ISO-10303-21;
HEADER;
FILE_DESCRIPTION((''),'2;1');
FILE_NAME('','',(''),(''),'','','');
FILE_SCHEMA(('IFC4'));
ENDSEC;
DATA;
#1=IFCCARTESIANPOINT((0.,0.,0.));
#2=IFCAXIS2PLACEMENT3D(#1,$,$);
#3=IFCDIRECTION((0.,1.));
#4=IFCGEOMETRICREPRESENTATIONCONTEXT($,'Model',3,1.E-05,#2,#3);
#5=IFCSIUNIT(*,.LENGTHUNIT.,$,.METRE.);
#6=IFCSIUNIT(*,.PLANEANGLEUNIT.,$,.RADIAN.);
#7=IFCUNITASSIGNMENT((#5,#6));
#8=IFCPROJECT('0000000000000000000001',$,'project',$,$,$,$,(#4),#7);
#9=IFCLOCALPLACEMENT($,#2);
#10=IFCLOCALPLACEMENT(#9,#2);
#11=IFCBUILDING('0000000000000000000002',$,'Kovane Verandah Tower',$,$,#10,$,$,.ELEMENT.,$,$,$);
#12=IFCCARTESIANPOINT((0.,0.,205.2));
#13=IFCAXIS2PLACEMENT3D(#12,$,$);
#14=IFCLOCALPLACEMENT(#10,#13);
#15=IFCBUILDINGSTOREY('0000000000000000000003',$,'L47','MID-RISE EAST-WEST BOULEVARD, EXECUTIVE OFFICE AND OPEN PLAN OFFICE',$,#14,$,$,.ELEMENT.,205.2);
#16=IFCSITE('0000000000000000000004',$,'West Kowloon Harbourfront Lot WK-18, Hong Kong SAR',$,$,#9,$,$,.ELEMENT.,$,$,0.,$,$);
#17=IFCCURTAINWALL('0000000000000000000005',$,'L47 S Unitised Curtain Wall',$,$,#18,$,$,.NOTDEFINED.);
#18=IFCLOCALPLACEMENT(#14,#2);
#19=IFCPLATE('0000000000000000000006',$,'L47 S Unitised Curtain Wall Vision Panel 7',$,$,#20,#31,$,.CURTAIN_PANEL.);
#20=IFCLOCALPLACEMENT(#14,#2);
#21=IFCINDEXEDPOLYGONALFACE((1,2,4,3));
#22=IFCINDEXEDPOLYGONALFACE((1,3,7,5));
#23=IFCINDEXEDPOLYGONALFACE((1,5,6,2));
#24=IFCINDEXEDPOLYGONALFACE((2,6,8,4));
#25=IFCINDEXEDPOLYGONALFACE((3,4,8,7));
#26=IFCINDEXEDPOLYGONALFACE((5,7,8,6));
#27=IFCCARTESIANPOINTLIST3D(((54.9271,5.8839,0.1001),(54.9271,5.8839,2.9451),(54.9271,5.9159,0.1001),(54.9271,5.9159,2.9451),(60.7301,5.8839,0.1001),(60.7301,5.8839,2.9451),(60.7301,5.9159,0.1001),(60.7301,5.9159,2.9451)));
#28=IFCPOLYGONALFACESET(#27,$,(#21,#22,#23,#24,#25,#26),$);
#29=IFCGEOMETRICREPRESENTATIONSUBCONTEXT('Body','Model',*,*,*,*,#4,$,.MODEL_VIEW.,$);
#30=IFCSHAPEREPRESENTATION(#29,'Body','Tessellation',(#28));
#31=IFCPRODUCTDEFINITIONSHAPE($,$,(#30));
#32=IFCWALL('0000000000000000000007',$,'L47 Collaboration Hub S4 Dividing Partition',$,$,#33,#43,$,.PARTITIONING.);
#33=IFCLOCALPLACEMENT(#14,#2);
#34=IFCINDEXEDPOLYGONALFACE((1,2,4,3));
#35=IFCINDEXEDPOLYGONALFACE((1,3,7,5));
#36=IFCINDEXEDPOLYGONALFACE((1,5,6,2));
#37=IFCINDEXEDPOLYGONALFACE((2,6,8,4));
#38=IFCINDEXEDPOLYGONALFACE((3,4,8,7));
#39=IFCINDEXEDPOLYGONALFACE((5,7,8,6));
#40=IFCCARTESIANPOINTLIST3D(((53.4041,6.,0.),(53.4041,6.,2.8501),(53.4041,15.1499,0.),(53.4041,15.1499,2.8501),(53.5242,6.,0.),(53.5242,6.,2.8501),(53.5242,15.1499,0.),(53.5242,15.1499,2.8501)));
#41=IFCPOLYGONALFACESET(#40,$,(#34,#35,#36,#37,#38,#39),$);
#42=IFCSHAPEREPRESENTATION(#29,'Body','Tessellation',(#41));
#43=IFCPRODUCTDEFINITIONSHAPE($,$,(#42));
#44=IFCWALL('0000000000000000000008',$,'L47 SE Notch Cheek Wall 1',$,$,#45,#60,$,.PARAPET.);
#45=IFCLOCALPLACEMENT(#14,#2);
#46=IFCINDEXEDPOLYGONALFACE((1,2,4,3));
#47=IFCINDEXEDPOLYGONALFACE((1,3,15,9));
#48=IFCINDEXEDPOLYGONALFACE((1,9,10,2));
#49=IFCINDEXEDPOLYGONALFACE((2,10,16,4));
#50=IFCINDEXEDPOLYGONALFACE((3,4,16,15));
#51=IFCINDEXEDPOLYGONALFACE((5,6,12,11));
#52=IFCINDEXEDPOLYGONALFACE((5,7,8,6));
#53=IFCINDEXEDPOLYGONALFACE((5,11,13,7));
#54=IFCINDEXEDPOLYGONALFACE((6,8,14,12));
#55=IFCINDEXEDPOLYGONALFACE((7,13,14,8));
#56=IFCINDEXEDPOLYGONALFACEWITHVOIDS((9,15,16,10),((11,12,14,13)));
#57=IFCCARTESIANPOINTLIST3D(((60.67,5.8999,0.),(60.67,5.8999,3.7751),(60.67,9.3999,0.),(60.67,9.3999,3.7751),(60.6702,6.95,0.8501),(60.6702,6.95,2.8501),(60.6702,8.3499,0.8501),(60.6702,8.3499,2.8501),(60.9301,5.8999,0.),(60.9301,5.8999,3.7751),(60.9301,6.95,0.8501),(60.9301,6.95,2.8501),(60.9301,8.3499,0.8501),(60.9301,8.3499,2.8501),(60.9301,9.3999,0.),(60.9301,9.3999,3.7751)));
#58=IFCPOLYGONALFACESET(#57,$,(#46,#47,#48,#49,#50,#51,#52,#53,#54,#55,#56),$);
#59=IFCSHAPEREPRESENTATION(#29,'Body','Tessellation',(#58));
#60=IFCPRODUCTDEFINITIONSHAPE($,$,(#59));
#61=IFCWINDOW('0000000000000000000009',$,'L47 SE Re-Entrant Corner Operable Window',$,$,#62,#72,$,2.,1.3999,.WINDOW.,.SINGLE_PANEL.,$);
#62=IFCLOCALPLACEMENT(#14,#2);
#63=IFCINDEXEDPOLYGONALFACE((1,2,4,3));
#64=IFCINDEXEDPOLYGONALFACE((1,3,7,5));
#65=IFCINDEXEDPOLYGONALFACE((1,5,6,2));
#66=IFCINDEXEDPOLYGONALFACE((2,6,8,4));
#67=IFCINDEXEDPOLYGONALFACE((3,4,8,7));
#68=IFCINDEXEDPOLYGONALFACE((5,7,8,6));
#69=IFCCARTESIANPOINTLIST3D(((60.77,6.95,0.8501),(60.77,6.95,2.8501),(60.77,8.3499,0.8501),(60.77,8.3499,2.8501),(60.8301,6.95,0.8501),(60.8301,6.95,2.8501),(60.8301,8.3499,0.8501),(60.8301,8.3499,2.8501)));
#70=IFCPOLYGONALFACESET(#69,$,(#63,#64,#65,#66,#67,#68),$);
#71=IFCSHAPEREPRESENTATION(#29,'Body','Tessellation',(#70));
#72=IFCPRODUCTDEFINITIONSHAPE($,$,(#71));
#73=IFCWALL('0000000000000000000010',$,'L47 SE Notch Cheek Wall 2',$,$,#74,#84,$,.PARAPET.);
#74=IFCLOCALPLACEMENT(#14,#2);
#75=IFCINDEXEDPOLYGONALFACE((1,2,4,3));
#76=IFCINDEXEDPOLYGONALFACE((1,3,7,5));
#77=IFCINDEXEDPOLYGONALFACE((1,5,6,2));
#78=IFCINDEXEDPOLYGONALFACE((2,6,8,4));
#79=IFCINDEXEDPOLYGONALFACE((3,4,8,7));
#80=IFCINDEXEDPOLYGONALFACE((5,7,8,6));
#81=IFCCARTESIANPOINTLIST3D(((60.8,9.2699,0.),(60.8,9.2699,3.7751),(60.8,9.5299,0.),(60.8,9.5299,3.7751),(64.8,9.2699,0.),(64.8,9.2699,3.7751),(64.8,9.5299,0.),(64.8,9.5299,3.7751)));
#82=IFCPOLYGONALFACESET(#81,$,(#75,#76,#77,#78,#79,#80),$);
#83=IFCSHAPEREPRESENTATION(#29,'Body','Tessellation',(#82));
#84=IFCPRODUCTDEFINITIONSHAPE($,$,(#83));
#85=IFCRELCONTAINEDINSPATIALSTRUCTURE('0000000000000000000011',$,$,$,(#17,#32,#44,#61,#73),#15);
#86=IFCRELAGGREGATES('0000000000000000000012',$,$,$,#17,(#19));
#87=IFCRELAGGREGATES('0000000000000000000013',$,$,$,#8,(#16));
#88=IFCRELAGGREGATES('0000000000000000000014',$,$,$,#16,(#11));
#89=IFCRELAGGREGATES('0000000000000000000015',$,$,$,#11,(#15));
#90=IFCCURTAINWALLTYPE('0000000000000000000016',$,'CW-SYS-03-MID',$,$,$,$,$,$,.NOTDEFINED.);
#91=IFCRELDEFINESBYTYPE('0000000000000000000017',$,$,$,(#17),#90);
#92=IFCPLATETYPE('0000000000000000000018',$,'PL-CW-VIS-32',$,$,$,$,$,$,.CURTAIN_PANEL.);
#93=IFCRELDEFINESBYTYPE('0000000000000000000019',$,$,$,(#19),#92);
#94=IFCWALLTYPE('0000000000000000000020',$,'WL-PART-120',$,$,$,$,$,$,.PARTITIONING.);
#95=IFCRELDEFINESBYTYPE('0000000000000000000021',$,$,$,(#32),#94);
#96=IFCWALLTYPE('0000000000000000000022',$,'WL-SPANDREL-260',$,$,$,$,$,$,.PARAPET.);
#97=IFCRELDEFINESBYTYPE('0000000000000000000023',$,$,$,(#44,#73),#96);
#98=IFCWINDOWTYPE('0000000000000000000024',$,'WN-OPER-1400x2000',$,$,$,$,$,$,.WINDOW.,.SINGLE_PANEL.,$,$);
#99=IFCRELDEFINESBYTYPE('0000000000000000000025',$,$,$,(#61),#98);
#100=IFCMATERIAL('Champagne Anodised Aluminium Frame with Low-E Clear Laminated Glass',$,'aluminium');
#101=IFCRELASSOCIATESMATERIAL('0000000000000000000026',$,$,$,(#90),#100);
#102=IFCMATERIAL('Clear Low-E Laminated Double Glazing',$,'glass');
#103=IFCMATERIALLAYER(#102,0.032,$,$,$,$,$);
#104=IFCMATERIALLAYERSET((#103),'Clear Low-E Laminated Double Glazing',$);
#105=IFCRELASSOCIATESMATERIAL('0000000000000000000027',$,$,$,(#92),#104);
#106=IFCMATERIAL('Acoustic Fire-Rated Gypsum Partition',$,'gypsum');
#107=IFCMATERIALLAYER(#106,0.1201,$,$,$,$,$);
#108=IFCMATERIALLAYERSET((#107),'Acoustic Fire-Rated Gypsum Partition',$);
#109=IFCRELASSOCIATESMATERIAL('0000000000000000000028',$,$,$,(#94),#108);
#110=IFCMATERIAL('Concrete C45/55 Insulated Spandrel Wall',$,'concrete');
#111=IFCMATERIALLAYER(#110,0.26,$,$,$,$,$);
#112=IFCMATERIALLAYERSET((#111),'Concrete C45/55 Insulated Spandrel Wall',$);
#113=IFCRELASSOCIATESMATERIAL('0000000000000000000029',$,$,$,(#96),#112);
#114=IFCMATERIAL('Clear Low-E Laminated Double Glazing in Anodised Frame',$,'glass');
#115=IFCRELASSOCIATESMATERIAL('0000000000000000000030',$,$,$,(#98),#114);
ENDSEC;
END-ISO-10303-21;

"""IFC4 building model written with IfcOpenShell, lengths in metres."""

from ifc_helpers import new_model, si_unit, direction, frame, frame_2d, origin, origin_2d, place, context, subcontext, project, spatial, rectangle, extrude, material, layer, layer_set, type_object, element, fill, aggregate, save


model = new_model("IFC4")

# Units and contexts
model_context = context("Model", 3, precision=1e-05, world=origin(), true_north=direction((0.0, 1.0)))
body_context = subcontext(model_context, "Body", "Model", "MODEL_VIEW")
ifc_project = project(units=[si_unit("LENGTHUNIT", "METRE"), si_unit("PLANEANGLEUNIT", "RADIAN")], contexts=[model_context])

# Site, building, storey
site_placement = place(None, origin())
site = spatial("IfcSite", under=ifc_project, at=site_placement, Name="West Kowloon Harbourfront Lot WK-18, Hong Kong SAR", CompositionType="ELEMENT", RefElevation=0.0)
building_placement = place(site_placement, origin())
building = spatial("IfcBuilding", under=site, at=building_placement, Name="Kovane Verandah Tower", CompositionType="ELEMENT")
storey_placement = place(building_placement, frame((0.0, 0.0, 205.2)))
storey = spatial("IfcBuildingStorey", under=building, at=storey_placement, Name="L47", Description="MID-RISE EAST-WEST BOULEVARD, EXECUTIVE OFFICE AND OPEN PLAN OFFICE", CompositionType="ELEMENT", Elevation=205.2)

# Curtain wall, plate
ifc_material_1 = material(Name="Champagne Anodised Aluminium Frame with Low-E Clear Laminated Glass", Category="aluminium")
curtain_wall_type = type_object("IfcCurtainWallType", Name="CW-SYS-03-MID", PredefinedType="NOTDEFINED", material=ifc_material_1)
curtain_wall_placement = place(storey_placement, origin())
curtain_wall = element("IfcCurtainWall", 1, at=curtain_wall_placement, inside=storey, type_object=curtain_wall_type, Name="L47 S Unitised Curtain Wall", PredefinedType="NOTDEFINED")
ifc_material_2 = material(Name="Clear Low-E Laminated Double Glazing", Category="glass")
ifc_layer_1 = layer(ifc_material_2, 0.032)
ifc_layer_set_1 = layer_set([ifc_layer_1], Name="Clear Low-E Laminated Double Glazing")
plate_type_1 = type_object("IfcPlateType", Name="PL-CW-VIS-32", PredefinedType="CURTAIN_PANEL", material=ifc_layer_set_1)
plate_1_placement = place(storey_placement, frame((57.8286, 5.8999, 0.1001), z_axis=(0.0, 0.0, 1.0), x_axis=(1.0, 0.0, 0.0)))
plate_1 = element("IfcPlate", 2, at=plate_1_placement, type_object=plate_type_1, Name="L47 S Unitised Curtain Wall Vision Panel 7", PredefinedType="CURTAIN_PANEL", context=body_context, shape_type="SweptSolid", body=[
    extrude(rectangle(XDim=5.803, YDim=0.032, at=origin_2d()), origin(), (0.0, 0.0, 1.0), 2.845),
])
aggregate(curtain_wall, [plate_1])

# Wall
ifc_material_3 = material(Name="Acoustic Fire-Rated Gypsum Partition", Category="gypsum")
ifc_layer_2 = layer(ifc_material_3, 0.1201)
ifc_layer_set_2 = layer_set([ifc_layer_2], Name="Acoustic Fire-Rated Gypsum Partition")
wall_type_1 = type_object("IfcWallType", Name="WL-PART-120", PredefinedType="PARTITIONING", material=ifc_layer_set_2)
wall_1_placement = place(storey_placement, frame((53.4641, 6.0, 0.0), z_axis=(0.0, 0.0, 1.0), x_axis=(0.0, 1.0, 0.0)))
element("IfcWall", 3, at=wall_1_placement, inside=storey, type_object=wall_type_1, Name="L47 Collaboration Hub S4 Dividing Partition", PredefinedType="PARTITIONING", context=body_context, shape_type="SweptSolid", body=[
    extrude(rectangle(XDim=9.1499, YDim=0.1201, at=frame_2d((4.575, 0.0))), origin(), (0.0, 0.0, 1.0), 2.8501),
])

# Shared definitions
ifc_material_4 = material(Name="Concrete C45/55 Insulated Spandrel Wall", Category="concrete")
ifc_layer_3 = layer(ifc_material_4, 0.26)
ifc_layer_set_3 = layer_set([ifc_layer_3], Name="Concrete C45/55 Insulated Spandrel Wall")
wall_type_2 = type_object("IfcWallType", Name="WL-SPANDREL-260", PredefinedType="PARAPET", material=ifc_layer_set_3)
ifc_material_5 = material(Name="Clear Low-E Laminated Double Glazing in Anodised Frame", Category="glass")

# Wall, opening, window
wall_2_placement = place(storey_placement, frame((60.8, 5.8999, 0.0), z_axis=(0.0, 0.0, 1.0), x_axis=(0.0, 1.0, 0.0)))
wall_2 = element("IfcWall", 4, at=wall_2_placement, inside=storey, type_object=wall_type_2, Name="L47 SE Notch Cheek Wall 1", PredefinedType="PARAPET", context=body_context, shape_type="SweptSolid", body=[
    extrude(rectangle(XDim=3.5, YDim=0.26, at=frame_2d((1.75, 0.0))), origin(), (0.0, 0.0, 1.0), 3.7751),
])
opening_1_placement = place(wall_2_placement, frame((1.05, 0.0, 0.8501)))
opening_1 = element("IfcOpeningElement", 5, at=opening_1_placement, cuts=wall_2, PredefinedType="OPENING", context=body_context, shape_type="SweptSolid", body=[
    extrude(rectangle(XDim=1.3999, YDim=2.0, at=frame_2d((0.7, 1.0))), frame((0.0, 0.1299, 0.0), z_axis=(0.0, -1.0, 0.0), x_axis=(1.0, 0.0, 0.0)), (0.0, 0.0, 1.0), 0.26),
])
window_type_1 = type_object("IfcWindowType", Name="WN-OPER-1400x2000", PartitioningType="SINGLE_PANEL", PredefinedType="WINDOW", material=ifc_material_5)
window_1_placement = place(opening_1_placement, origin())
window_1 = element("IfcWindow", 6, at=window_1_placement, inside=storey, type_object=window_type_1, Name="L47 SE Re-Entrant Corner Operable Window", OverallHeight=2.0, OverallWidth=1.3999, PartitioningType="SINGLE_PANEL", PredefinedType="WINDOW", context=body_context, shape_type="SweptSolid", body=[
    extrude(rectangle(XDim=1.3999, YDim=2.0, at=frame_2d((0.7, 1.0))), frame((0.0, 0.03, 0.0), z_axis=(0.0, -1.0, 0.0), x_axis=(1.0, 0.0, 0.0)), (0.0, 0.0, 1.0), 0.0601),
])
fill(opening_1, window_1)

# Wall
wall_3_placement = place(storey_placement, frame((60.8, 9.3999, 0.0), z_axis=(0.0, 0.0, 1.0), x_axis=(1.0, 0.0, 0.0)))
element("IfcWall", 7, at=wall_3_placement, inside=storey, type_object=wall_type_2, Name="L47 SE Notch Cheek Wall 2", PredefinedType="PARAPET", context=body_context, shape_type="SweptSolid", body=[
    extrude(rectangle(XDim=4.0, YDim=0.26, at=frame_2d((2.0, 0.0))), origin(), (0.0, 0.0, 1.0), 3.7751),
])

save(model, "model.ifc")
